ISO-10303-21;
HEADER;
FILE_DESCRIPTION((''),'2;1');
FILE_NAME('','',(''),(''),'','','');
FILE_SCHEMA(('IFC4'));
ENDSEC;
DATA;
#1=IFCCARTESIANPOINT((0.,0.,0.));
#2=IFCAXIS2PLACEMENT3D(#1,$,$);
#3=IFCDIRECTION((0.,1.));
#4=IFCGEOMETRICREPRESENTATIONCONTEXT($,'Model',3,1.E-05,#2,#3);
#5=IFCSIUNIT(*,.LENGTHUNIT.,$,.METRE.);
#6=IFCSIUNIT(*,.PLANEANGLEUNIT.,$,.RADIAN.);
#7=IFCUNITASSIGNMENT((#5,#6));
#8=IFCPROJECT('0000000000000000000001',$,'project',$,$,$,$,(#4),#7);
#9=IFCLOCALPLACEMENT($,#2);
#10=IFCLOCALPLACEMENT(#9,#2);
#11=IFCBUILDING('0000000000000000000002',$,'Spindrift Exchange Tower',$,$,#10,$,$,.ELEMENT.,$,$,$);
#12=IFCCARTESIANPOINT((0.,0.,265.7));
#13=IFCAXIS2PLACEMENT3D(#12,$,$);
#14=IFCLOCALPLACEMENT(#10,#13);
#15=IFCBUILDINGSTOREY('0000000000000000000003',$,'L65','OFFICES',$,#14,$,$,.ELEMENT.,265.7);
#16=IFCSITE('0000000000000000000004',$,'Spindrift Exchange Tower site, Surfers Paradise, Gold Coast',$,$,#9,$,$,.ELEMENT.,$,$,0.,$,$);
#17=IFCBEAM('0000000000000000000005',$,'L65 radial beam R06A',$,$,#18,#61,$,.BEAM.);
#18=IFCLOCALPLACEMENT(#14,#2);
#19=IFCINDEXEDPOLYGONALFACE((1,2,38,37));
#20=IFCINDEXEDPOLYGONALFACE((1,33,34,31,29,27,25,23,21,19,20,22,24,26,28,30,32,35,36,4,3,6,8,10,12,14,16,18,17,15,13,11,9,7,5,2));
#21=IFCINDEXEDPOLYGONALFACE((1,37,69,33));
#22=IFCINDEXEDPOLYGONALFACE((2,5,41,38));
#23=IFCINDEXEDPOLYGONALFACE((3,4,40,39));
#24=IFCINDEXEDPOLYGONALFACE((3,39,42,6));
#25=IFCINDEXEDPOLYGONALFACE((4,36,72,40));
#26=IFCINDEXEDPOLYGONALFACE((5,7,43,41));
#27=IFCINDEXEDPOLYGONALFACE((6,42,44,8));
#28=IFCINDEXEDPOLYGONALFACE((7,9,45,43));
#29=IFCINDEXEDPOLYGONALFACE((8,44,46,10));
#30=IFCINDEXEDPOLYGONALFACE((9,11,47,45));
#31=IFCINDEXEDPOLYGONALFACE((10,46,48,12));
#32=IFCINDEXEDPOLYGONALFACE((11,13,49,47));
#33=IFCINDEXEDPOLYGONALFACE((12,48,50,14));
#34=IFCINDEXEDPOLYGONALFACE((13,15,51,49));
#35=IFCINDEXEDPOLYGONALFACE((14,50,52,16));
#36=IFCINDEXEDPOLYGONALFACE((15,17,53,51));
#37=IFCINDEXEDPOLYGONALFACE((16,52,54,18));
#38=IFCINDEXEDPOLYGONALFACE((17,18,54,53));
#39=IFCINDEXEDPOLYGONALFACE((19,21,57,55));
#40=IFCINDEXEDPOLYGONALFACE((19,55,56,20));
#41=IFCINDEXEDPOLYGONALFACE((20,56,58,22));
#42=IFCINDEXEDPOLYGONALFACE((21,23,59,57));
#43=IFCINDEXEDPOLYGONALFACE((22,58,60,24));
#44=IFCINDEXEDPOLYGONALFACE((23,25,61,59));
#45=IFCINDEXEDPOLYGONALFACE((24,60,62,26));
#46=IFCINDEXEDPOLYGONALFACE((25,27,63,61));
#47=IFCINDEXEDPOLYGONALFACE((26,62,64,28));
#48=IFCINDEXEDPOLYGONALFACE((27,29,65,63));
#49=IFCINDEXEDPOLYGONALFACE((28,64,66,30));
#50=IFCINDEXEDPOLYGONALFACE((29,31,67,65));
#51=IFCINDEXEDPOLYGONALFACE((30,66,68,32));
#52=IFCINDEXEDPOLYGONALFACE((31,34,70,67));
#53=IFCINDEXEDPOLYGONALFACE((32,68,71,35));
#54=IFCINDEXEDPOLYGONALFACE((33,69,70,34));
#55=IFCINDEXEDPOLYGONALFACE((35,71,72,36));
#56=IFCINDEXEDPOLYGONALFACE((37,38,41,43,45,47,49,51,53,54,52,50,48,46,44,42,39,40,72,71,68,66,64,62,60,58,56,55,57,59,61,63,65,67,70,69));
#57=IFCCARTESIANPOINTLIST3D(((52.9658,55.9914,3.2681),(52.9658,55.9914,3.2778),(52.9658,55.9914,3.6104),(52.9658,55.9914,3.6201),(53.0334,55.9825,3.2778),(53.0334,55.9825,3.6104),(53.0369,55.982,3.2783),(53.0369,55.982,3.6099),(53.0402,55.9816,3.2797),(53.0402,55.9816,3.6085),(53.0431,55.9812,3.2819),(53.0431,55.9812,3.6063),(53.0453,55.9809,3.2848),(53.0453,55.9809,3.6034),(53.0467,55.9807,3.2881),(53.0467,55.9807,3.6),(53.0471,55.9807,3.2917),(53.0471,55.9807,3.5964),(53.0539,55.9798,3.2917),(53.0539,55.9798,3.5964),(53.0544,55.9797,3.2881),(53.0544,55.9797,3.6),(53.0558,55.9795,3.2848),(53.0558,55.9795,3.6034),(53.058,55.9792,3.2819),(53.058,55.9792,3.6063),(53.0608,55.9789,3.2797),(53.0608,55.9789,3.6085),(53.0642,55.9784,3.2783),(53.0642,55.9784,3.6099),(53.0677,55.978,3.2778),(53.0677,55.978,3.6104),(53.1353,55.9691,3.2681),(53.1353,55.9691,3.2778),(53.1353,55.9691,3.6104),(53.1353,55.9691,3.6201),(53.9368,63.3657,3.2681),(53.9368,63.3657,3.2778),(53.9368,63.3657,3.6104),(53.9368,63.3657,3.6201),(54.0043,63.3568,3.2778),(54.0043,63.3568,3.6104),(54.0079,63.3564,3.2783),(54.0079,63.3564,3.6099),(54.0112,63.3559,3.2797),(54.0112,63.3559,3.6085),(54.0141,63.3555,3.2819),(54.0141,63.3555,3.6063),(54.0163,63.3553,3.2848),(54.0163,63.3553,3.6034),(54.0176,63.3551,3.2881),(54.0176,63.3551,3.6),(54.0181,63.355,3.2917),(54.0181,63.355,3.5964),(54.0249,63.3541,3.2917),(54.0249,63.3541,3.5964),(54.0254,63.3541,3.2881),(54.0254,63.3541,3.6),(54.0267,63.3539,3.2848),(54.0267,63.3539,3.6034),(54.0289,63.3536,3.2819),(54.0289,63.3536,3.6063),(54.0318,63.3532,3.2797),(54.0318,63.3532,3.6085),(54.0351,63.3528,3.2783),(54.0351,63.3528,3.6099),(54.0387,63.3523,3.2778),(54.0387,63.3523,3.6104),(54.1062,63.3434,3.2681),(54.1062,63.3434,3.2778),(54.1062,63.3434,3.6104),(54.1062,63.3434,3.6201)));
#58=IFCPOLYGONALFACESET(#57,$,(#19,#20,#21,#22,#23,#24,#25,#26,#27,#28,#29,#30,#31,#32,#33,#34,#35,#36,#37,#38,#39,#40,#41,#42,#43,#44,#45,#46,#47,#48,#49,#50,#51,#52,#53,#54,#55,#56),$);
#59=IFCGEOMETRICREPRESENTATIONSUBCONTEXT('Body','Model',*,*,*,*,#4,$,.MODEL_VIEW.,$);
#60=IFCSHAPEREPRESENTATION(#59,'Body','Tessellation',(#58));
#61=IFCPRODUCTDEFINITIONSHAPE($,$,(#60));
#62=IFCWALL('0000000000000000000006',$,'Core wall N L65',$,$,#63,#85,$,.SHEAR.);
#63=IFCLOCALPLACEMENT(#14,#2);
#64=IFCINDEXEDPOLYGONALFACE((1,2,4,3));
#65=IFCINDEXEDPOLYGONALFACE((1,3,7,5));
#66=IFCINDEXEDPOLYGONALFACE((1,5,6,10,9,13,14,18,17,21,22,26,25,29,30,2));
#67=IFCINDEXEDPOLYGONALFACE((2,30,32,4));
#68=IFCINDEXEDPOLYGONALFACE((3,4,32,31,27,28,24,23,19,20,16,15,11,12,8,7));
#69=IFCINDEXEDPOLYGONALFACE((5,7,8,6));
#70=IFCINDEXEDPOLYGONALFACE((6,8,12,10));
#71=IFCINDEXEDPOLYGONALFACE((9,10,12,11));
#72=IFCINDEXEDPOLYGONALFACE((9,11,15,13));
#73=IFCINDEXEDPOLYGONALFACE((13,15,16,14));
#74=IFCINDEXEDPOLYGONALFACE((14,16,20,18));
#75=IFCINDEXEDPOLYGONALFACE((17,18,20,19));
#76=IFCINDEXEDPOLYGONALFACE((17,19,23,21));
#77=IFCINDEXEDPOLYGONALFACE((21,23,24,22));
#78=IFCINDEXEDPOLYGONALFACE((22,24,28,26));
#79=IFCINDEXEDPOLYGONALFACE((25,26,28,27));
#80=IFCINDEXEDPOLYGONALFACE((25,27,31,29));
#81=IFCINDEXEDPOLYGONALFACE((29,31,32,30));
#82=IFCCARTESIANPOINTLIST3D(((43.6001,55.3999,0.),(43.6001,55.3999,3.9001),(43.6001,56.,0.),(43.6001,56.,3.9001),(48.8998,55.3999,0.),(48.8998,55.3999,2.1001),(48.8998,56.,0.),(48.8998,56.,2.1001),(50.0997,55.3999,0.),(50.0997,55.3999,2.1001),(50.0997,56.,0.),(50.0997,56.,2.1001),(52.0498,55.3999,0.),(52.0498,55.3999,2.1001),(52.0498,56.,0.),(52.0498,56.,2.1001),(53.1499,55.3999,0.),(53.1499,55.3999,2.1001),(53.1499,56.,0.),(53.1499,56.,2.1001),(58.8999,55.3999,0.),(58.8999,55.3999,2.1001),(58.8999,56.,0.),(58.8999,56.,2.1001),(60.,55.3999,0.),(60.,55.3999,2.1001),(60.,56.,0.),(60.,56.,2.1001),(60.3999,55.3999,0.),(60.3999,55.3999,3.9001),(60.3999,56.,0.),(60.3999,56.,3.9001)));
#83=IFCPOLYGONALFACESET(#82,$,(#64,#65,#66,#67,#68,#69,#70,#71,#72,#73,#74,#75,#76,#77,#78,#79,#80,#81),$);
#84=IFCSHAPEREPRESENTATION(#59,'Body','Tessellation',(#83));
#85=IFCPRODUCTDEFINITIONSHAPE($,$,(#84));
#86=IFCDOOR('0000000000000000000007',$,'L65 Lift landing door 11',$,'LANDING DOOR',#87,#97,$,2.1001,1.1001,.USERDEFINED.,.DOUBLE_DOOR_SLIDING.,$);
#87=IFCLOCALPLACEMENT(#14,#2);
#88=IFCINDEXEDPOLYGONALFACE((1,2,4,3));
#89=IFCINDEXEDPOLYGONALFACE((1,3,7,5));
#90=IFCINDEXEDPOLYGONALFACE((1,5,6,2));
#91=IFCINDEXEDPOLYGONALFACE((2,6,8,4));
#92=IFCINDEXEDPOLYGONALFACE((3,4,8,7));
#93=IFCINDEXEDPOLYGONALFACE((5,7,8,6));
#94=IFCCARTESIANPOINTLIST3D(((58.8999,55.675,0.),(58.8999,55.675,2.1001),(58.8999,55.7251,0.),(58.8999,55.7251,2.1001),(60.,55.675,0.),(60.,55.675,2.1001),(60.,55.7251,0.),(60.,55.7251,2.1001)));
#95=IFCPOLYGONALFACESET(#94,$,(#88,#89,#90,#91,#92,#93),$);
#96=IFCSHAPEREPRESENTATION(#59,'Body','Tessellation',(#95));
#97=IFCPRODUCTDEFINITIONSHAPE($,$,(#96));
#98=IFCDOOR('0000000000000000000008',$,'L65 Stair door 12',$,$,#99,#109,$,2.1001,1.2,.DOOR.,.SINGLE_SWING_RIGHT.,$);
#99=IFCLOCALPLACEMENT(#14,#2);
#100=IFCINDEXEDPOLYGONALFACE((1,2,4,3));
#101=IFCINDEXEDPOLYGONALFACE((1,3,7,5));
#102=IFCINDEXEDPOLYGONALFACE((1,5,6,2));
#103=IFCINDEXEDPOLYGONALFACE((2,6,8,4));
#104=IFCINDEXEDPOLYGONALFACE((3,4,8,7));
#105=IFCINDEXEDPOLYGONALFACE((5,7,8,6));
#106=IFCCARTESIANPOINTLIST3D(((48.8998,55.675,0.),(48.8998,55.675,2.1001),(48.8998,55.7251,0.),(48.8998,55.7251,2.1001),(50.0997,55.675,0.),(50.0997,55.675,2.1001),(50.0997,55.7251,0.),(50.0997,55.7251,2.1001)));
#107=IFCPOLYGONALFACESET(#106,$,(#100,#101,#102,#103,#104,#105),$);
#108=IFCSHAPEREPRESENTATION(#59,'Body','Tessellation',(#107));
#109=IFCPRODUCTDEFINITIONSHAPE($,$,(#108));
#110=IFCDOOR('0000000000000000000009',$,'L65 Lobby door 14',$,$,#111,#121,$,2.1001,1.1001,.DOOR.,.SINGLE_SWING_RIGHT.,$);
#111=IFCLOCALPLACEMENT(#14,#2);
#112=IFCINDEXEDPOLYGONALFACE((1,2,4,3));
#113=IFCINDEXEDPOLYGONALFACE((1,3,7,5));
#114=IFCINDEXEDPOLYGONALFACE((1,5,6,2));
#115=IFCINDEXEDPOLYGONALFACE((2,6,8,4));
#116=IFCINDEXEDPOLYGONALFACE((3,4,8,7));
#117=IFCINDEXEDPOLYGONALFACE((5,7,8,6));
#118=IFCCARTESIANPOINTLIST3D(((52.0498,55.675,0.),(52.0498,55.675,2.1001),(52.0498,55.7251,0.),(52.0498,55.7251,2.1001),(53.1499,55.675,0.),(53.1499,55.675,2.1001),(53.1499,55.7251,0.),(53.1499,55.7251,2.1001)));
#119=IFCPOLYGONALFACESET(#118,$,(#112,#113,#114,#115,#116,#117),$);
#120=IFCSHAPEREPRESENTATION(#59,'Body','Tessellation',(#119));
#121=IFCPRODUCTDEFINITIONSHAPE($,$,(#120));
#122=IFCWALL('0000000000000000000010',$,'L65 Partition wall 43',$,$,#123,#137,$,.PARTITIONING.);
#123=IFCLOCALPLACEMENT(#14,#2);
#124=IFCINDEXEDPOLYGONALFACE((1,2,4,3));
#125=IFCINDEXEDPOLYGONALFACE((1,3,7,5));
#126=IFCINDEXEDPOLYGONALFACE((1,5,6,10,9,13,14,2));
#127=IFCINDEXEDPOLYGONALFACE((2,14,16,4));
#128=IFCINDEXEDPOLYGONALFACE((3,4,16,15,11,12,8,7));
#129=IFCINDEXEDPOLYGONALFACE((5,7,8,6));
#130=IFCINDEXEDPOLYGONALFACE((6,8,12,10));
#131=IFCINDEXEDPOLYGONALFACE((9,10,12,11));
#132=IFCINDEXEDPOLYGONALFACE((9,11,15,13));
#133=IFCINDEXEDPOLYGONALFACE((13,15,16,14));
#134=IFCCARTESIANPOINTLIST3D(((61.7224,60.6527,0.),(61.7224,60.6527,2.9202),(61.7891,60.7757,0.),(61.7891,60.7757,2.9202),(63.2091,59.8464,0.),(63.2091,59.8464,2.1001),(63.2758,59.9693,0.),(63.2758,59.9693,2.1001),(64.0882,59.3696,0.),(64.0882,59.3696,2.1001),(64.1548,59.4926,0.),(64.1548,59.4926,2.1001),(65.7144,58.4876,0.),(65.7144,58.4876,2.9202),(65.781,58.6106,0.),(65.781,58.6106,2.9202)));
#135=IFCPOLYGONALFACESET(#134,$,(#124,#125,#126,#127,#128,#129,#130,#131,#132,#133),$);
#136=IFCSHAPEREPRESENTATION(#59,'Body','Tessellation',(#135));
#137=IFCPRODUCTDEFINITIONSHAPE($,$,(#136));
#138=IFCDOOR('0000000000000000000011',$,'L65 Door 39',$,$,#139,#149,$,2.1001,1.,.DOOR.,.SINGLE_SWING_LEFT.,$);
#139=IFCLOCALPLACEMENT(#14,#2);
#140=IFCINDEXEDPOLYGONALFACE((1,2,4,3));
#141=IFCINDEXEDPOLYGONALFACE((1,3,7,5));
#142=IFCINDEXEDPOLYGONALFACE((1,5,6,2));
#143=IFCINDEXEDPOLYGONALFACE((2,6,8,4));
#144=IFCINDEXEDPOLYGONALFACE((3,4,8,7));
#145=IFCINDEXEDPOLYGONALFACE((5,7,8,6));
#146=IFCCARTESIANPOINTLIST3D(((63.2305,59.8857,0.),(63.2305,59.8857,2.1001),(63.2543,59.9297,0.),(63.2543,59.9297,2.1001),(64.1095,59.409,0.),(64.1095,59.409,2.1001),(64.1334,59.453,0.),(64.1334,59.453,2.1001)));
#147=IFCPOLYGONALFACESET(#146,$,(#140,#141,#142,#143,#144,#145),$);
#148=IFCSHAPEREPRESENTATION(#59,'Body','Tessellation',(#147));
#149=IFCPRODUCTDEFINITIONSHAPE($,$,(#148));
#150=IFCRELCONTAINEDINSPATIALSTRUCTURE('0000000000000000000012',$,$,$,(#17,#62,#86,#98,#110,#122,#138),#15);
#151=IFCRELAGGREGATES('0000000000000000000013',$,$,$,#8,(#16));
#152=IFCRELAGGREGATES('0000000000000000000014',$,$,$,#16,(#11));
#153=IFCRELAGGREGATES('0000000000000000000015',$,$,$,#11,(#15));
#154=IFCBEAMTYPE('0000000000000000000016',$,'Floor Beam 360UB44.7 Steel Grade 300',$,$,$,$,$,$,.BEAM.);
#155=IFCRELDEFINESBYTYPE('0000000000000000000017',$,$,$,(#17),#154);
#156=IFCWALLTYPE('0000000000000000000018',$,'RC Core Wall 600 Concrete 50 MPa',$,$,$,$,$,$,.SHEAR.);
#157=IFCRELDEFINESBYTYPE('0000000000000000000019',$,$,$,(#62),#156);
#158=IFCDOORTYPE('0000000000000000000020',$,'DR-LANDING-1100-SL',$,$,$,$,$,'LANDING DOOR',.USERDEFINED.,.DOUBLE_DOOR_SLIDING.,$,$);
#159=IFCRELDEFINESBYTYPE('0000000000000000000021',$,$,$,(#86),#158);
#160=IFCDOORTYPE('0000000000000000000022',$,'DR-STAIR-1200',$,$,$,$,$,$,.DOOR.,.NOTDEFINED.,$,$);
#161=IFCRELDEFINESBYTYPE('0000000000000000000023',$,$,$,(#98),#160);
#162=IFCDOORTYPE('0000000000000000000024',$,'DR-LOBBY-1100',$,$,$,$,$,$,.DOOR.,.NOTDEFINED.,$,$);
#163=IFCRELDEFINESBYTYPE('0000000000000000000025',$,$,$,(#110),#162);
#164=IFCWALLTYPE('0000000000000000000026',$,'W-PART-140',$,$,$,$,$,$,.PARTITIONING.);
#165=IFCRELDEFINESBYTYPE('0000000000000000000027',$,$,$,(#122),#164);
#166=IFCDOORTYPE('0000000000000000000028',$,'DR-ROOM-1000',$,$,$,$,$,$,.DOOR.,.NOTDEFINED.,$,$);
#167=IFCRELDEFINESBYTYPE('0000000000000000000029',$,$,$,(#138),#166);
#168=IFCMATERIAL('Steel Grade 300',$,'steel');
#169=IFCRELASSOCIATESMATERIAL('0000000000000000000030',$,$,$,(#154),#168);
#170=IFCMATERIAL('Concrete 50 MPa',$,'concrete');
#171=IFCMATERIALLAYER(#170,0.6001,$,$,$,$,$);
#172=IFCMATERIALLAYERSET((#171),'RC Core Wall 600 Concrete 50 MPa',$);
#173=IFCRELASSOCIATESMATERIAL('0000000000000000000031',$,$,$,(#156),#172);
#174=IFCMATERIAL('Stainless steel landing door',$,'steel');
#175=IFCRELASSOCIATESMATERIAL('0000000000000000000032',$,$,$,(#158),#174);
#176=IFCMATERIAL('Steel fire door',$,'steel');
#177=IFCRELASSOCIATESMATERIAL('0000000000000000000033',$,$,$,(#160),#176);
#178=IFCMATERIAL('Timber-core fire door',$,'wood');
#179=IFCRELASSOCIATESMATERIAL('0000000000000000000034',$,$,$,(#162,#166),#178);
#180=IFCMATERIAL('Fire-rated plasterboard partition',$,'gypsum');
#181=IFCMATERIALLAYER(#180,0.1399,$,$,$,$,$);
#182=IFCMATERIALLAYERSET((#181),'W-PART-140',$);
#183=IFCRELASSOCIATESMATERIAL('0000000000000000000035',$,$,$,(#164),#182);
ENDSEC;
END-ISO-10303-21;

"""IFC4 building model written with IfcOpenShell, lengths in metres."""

from ifc_helpers import new_model, si_unit, direction, frame, frame_2d, origin, origin_2d, place, context, subcontext, project, spatial, rectangle, i_section, extrude, source, transform, mapped, material, layer, layer_set, material_profile, profile_set, type_object, element, fill, save


model = new_model("IFC4")

# Units and contexts
model_context = context("Model", 3, precision=1e-05, world=origin(), true_north=direction((0.0, 1.0)))
body_context = subcontext(model_context, "Body", "Model", "MODEL_VIEW")
ifc_project = project(units=[si_unit("LENGTHUNIT", "METRE"), si_unit("PLANEANGLEUNIT", "RADIAN")], contexts=[model_context])

# Site, building, storey
site_placement = place(None, origin())
site = spatial("IfcSite", under=ifc_project, at=site_placement, Name="Spindrift Exchange Tower site, Surfers Paradise, Gold Coast", CompositionType="ELEMENT", RefElevation=0.0)
building_placement = place(site_placement, origin())
building = spatial("IfcBuilding", under=site, at=building_placement, Name="Spindrift Exchange Tower", CompositionType="ELEMENT")
storey_placement = place(building_placement, frame((0.0, 0.0, 265.7)))
storey = spatial("IfcBuildingStorey", under=building, at=storey_placement, Name="L65", Description="OFFICES", CompositionType="ELEMENT", Elevation=265.7)

# Beam
ifc_material_1 = material(Name="Steel Grade 300", Category="steel")
ifc_material_profile_1 = material_profile(ifc_material_1, i_section(OverallWidth=0.1709, OverallDepth=0.3521, WebThickness=0.0068, FlangeThickness=0.0098, FilletRadius=0.0139, at=origin_2d()), Name="360UB44.7")
ifc_profile_set_1 = profile_set([ifc_material_profile_1], Name="Steel Grade 300")
beam_type_1 = type_object("IfcBeamType", Name="Floor Beam 360UB44.7 Steel Grade 300", PredefinedType="BEAM", material=ifc_profile_set_1)
shared_shape_1 = source(origin(), body_context, "Body", "SweptSolid", [
    extrude(i_section(OverallWidth=0.1709, OverallDepth=0.3521, WebThickness=0.0068, FlangeThickness=0.0098, FilletRadius=0.0139, at=origin_2d()), origin(), (0.0, 0.0, 1.0), 7.438),
])
beam_1_placement = place(storey_placement, frame((53.0505, 55.9802, 3.4441), z_axis=(0.13054, 0.991443, 0.0), x_axis=(-0.991443, 0.13054, 0.0)))
element("IfcBeam", 1, at=beam_1_placement, inside=storey, type_object=beam_type_1, Name="L65 radial beam R06A", PredefinedType="BEAM", context=body_context, shape_type="MappedRepresentation", body=[
    mapped(shared_shape_1, transform((0.0, 0.0, 0.0), scale=1.0)),
])

# Wall, openings, doors
ifc_material_2 = material(Name="Concrete 50 MPa", Category="concrete")
ifc_layer_1 = layer(ifc_material_2, 0.6001)
ifc_layer_set_1 = layer_set([ifc_layer_1], Name="RC Core Wall 600 Concrete 50 MPa")
wall_type_1 = type_object("IfcWallType", Name="RC Core Wall 600 Concrete 50 MPa", PredefinedType="SHEAR", material=ifc_layer_set_1)
wall_1_placement = place(storey_placement, frame((60.3999, 55.7, 0.0), z_axis=(0.0, 0.0, 1.0), x_axis=(-1.0, 0.0, 0.0)))
wall_1 = element("IfcWall", 2, at=wall_1_placement, inside=storey, type_object=wall_type_1, Name="Core wall N L65", PredefinedType="SHEAR", context=body_context, shape_type="SweptSolid", body=[
    extrude(rectangle(XDim=16.7998, YDim=0.6001, at=frame_2d((8.3999, 0.0))), origin(), (0.0, 0.0, 1.0), 3.9001),
])
opening_1_placement = place(wall_1_placement, frame((0.3999, 0.0, 0.0)))
opening_1 = element("IfcOpeningElement", 3, at=opening_1_placement, cuts=wall_1, PredefinedType="OPENING", context=body_context, shape_type="SweptSolid", body=[
    extrude(rectangle(XDim=1.1001, YDim=2.1001, at=frame_2d((0.55, 1.05))), frame((0.0, 0.3101, 0.0), z_axis=(0.0, -1.0, 0.0), x_axis=(1.0, 0.0, 0.0)), (0.0, 0.0, 1.0), 0.6201),
])
opening_2_placement = place(wall_1_placement, frame((10.3, 0.0, 0.0)))
opening_2 = element("IfcOpeningElement", 4, at=opening_2_placement, cuts=wall_1, PredefinedType="OPENING", context=body_context, shape_type="SweptSolid", body=[
    extrude(rectangle(XDim=1.2, YDim=2.1001, at=frame_2d((0.6001, 1.05))), frame((0.0, 0.3101, 0.0), z_axis=(0.0, -1.0, 0.0), x_axis=(1.0, 0.0, 0.0)), (0.0, 0.0, 1.0), 0.6201),
])
opening_3_placement = place(wall_1_placement, frame((7.25, 0.0, 0.0)))
opening_3 = element("IfcOpeningElement", 5, at=opening_3_placement, cuts=wall_1, PredefinedType="OPENING", context=body_context, shape_type="SweptSolid", body=[
    extrude(rectangle(XDim=1.1001, YDim=2.1001, at=frame_2d((0.55, 1.05))), frame((0.0, 0.3101, 0.0), z_axis=(0.0, -1.0, 0.0), x_axis=(1.0, 0.0, 0.0)), (0.0, 0.0, 1.0), 0.6201),
])
ifc_material_3 = material(Name="Stainless steel landing door", Category="steel")
door_type_1 = type_object("IfcDoorType", Name="DR-LANDING-1100-SL", ElementType="LANDING DOOR", OperationType="DOUBLE_DOOR_SLIDING", PredefinedType="USERDEFINED", material=ifc_material_3)
shared_shape_2 = source(origin(), body_context, "Body", "SweptSolid", [
    extrude(rectangle(XDim=1.1001, YDim=2.1001, at=frame_2d((0.55, 1.05))), frame((0.0, 0.0249, 0.0), z_axis=(0.0, -1.0, 0.0), x_axis=(1.0, 0.0, 0.0)), (0.0, 0.0, 1.0), 0.05),
])
door_1_placement = place(opening_1_placement, origin())
door_1 = element("IfcDoor", 6, at=door_1_placement, inside=storey, type_object=door_type_1, Name="L65 Lift landing door 11", ObjectType="LANDING DOOR", OperationType="DOUBLE_DOOR_SLIDING", OverallHeight=2.1001, OverallWidth=1.1001, PredefinedType="USERDEFINED", context=body_context, shape_type="MappedRepresentation", body=[
    mapped(shared_shape_2, transform((0.0, 0.0, 0.0), scale=1.0)),
])
fill(opening_1, door_1)
ifc_material_4 = material(Name="Steel fire door", Category="steel")
door_type_2 = type_object("IfcDoorType", Name="DR-STAIR-1200", OperationType="NOTDEFINED", PredefinedType="DOOR", material=ifc_material_4)
shared_shape_3 = source(origin(), body_context, "Body", "SweptSolid", [
    extrude(rectangle(XDim=1.2, YDim=2.1001, at=frame_2d((0.6001, 1.05))), frame((0.0, 0.0249, 0.0), z_axis=(0.0, -1.0, 0.0), x_axis=(1.0, 0.0, 0.0)), (0.0, 0.0, 1.0), 0.05),
])
door_2_placement = place(opening_2_placement, origin())
door_2 = element("IfcDoor", 7, at=door_2_placement, inside=storey, type_object=door_type_2, Name="L65 Stair door 12", OperationType="SINGLE_SWING_RIGHT", OverallHeight=2.1001, OverallWidth=1.2, PredefinedType="DOOR", context=body_context, shape_type="MappedRepresentation", body=[
    mapped(shared_shape_3, transform((0.0, 0.0, 0.0), scale=1.0)),
])
fill(opening_2, door_2)
ifc_material_5 = material(Name="Timber-core fire door", Category="wood")
door_type_3 = type_object("IfcDoorType", Name="DR-LOBBY-1100", OperationType="NOTDEFINED", PredefinedType="DOOR", material=ifc_material_5)
shared_shape_4 = source(origin(), body_context, "Body", "SweptSolid", [
    extrude(rectangle(XDim=1.1001, YDim=2.1001, at=frame_2d((0.55, 1.05))), frame((0.0, 0.0249, 0.0), z_axis=(0.0, -1.0, 0.0), x_axis=(1.0, 0.0, 0.0)), (0.0, 0.0, 1.0), 0.05),
])
door_3_placement = place(opening_3_placement, origin())
door_3 = element("IfcDoor", 8, at=door_3_placement, inside=storey, type_object=door_type_3, Name="L65 Lobby door 14", OperationType="SINGLE_SWING_RIGHT", OverallHeight=2.1001, OverallWidth=1.1001, PredefinedType="DOOR", context=body_context, shape_type="MappedRepresentation", body=[
    mapped(shared_shape_4, transform((0.0, 0.0, 0.0), scale=1.0)),
])
fill(opening_3, door_3)

# Wall, opening, door
ifc_material_6 = material(Name="Fire-rated plasterboard partition", Category="gypsum")
ifc_layer_2 = layer(ifc_material_6, 0.1399)
ifc_layer_set_2 = layer_set([ifc_layer_2], Name="W-PART-140")
wall_type_2 = type_object("IfcWallType", Name="W-PART-140", PredefinedType="PARTITIONING", material=ifc_layer_set_2)
wall_2_placement = place(storey_placement, frame((61.7559, 60.7141, 0.0), z_axis=(0.0, 0.0, 1.0), x_axis=(0.879039, -0.476749, 0.0)))
wall_2 = element("IfcWall", 9, at=wall_2_placement, inside=storey, type_object=wall_type_2, Name="L65 Partition wall 43", PredefinedType="PARTITIONING", context=body_context, shape_type="SweptSolid", body=[
    extrude(rectangle(XDim=4.5413, YDim=0.1399, at=frame_2d((2.2705, 0.0))), origin(), (0.0, 0.0, 1.0), 2.9202),
])
opening_4_placement = place(wall_2_placement, frame((1.6912, 0.0, 0.0)))
opening_4 = element("IfcOpeningElement", 10, at=opening_4_placement, cuts=wall_2, PredefinedType="OPENING", context=body_context, shape_type="SweptSolid", body=[
    extrude(rectangle(XDim=1.0, YDim=2.1001, at=frame_2d((0.5, 1.05))), frame((0.0, 0.0798, 0.0), z_axis=(0.0, -1.0, 0.0), x_axis=(1.0, 0.0, 0.0)), (0.0, 0.0, 1.0), 0.1599),
])
door_type_4 = type_object("IfcDoorType", Name="DR-ROOM-1000", OperationType="NOTDEFINED", PredefinedType="DOOR", material=ifc_material_5)
shared_shape_5 = source(origin(), body_context, "Body", "SweptSolid", [
    extrude(rectangle(XDim=1.0, YDim=2.1001, at=frame_2d((0.5, 1.05))), frame((0.0, 0.0249, 0.0), z_axis=(0.0, -1.0, 0.0), x_axis=(1.0, 0.0, 0.0)), (0.0, 0.0, 1.0), 0.05),
])
door_4_placement = place(opening_4_placement, origin())
door_4 = element("IfcDoor", 11, at=door_4_placement, inside=storey, type_object=door_type_4, Name="L65 Door 39", OperationType="SINGLE_SWING_LEFT", OverallHeight=2.1001, OverallWidth=1.0, PredefinedType="DOOR", context=body_context, shape_type="MappedRepresentation", body=[
    mapped(shared_shape_5, transform((0.0, 0.0, 0.0), scale=1.0)),
])
fill(opening_4, door_4)

save(model, "model.ifc")
